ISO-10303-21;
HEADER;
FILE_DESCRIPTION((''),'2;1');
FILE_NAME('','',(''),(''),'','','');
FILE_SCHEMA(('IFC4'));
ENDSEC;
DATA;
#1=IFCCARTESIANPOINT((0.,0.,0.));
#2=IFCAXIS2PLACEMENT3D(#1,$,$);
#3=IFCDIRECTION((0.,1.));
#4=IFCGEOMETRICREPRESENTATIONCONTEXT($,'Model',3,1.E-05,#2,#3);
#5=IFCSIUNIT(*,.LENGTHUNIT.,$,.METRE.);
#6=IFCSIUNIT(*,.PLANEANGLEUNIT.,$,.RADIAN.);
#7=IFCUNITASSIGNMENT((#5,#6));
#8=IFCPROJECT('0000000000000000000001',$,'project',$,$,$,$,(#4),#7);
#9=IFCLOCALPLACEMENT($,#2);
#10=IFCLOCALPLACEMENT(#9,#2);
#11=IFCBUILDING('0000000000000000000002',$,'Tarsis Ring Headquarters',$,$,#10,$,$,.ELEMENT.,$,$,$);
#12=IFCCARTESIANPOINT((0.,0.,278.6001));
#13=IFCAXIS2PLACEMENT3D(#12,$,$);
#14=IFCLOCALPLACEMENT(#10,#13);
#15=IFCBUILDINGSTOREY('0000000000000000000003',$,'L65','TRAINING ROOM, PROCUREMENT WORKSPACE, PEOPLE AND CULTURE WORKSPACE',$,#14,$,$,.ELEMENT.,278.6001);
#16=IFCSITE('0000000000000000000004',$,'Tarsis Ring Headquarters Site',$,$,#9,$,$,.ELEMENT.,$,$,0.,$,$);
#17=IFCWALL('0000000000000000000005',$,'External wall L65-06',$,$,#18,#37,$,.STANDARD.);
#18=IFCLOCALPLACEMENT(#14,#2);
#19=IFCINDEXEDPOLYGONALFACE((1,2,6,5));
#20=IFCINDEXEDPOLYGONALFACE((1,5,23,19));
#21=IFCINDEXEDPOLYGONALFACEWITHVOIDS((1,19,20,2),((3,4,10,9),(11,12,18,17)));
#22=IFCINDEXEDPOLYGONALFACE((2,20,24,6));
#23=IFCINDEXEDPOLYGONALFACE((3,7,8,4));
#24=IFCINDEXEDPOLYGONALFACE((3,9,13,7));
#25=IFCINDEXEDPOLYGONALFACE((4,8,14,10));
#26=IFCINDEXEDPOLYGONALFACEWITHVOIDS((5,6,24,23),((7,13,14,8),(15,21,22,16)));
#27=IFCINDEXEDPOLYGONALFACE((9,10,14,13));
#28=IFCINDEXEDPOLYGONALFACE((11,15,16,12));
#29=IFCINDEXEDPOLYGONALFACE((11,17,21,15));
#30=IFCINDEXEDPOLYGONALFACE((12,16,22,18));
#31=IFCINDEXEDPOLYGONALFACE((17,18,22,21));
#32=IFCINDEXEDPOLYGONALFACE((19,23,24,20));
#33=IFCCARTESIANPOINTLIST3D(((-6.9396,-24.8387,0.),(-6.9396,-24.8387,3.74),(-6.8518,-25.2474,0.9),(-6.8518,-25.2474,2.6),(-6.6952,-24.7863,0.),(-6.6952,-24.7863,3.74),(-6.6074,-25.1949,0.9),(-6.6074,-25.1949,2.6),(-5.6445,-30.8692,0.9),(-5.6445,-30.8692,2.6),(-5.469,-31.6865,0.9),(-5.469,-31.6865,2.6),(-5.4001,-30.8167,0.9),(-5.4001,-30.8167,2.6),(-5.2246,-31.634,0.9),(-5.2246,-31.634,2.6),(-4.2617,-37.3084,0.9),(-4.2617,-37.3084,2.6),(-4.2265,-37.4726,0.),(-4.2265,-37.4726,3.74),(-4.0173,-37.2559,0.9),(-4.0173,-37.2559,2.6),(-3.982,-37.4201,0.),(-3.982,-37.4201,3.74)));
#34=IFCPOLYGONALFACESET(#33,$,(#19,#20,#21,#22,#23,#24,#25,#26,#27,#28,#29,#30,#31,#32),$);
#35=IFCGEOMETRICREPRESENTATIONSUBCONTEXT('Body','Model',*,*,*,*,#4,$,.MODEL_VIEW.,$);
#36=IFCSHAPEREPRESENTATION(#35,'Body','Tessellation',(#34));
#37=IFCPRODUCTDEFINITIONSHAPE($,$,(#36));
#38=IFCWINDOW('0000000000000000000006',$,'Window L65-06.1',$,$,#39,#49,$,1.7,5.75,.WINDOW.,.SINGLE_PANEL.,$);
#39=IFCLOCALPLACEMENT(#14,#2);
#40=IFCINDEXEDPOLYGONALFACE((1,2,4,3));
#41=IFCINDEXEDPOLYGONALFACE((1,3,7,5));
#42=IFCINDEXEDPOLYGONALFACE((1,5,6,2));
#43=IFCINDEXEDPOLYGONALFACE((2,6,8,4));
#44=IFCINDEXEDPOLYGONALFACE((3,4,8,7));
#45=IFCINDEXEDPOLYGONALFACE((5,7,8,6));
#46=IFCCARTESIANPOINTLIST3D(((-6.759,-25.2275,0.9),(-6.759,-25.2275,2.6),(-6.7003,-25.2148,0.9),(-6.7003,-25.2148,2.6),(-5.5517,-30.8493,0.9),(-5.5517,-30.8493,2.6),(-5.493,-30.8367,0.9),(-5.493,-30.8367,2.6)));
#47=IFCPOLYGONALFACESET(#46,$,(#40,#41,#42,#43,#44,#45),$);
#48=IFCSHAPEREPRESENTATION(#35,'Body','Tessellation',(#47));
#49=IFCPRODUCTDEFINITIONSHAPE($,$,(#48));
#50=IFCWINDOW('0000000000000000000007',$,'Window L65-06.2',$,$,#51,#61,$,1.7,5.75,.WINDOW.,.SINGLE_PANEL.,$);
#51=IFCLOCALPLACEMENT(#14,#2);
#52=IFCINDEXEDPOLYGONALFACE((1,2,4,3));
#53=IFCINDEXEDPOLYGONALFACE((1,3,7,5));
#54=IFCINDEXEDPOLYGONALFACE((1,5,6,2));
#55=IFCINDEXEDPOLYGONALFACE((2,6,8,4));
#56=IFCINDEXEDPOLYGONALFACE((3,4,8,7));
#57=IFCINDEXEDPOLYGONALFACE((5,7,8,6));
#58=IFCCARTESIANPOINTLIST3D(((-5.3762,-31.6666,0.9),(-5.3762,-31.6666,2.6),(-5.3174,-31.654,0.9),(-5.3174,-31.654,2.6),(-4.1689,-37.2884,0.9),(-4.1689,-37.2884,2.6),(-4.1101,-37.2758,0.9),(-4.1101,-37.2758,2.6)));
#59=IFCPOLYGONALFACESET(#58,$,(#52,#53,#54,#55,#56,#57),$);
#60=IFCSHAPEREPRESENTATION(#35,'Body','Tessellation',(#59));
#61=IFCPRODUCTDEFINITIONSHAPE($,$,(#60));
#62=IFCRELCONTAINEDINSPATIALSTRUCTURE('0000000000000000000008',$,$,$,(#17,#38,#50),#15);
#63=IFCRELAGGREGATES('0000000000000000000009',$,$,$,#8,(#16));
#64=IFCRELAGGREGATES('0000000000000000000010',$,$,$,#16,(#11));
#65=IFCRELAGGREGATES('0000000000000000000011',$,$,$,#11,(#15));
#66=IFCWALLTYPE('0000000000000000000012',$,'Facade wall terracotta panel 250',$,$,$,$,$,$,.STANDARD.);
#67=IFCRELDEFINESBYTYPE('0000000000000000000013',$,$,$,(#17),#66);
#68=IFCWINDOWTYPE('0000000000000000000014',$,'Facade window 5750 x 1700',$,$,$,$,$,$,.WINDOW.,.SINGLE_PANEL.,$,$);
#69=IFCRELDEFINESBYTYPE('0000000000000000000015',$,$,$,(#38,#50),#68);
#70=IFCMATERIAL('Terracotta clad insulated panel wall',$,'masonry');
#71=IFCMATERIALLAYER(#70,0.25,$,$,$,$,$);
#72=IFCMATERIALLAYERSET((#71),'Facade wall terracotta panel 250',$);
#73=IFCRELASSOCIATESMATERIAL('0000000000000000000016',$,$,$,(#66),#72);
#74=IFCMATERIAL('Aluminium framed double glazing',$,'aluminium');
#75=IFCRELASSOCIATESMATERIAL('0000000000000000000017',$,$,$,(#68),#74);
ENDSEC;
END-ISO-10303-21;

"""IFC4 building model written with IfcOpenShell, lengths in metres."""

from ifc_helpers import new_model, si_unit, direction, frame, frame_2d, origin, place, context, subcontext, project, spatial, rectangle, extrude, material, layer, layer_set, type_object, element, fill, save


model = new_model("IFC4")

# Units and contexts
model_context = context("Model", 3, precision=1e-05, world=origin(), true_north=direction((0.0, 1.0)))
body_context = subcontext(model_context, "Body", "Model", "MODEL_VIEW")
ifc_project = project(units=[si_unit("LENGTHUNIT", "METRE"), si_unit("PLANEANGLEUNIT", "RADIAN")], contexts=[model_context])

# Site, building, storey
site_placement = place(None, origin())
site = spatial("IfcSite", under=ifc_project, at=site_placement, Name="Tarsis Ring Headquarters Site", CompositionType="ELEMENT", RefElevation=0.0)
building_placement = place(site_placement, origin())
building = spatial("IfcBuilding", under=site, at=building_placement, Name="Tarsis Ring Headquarters", CompositionType="ELEMENT")
storey_placement = place(building_placement, frame((0.0, 0.0, 278.6001)))
storey = spatial("IfcBuildingStorey", under=building, at=storey_placement, Name="L65", Description="TRAINING ROOM, PROCUREMENT WORKSPACE, PEOPLE AND CULTURE WORKSPACE", CompositionType="ELEMENT", Elevation=278.6001)

# Shared definitions
ifc_material_1 = material(Name="Terracotta clad insulated panel wall", Category="masonry")
ifc_layer_1 = layer(ifc_material_1, 0.25)
ifc_layer_set_1 = layer_set([ifc_layer_1], Name="Facade wall terracotta panel 250")
wall_type_1 = type_object("IfcWallType", Name="Facade wall terracotta panel 250", PredefinedType="STANDARD", material=ifc_layer_set_1)
ifc_material_2 = material(Name="Aluminium framed double glazing", Category="aluminium")

# Wall, openings, windows
wall_1_placement = place(storey_placement, frame((-6.8174, -24.8125, 0.0), z_axis=(0.0, 0.0, 1.0), x_axis=(0.209965, -0.977709, 0.0)))
wall_1 = element("IfcWall", 1, at=wall_1_placement, inside=storey, type_object=wall_type_1, Name="External wall L65-06", PredefinedType="STANDARD", context=body_context, shape_type="SweptSolid", body=[
    extrude(rectangle(XDim=12.9219, YDim=0.25, at=frame_2d((6.4609, 0.0))), origin(), (0.0, 0.0, 1.0), 3.74),
])
opening_1_placement = place(wall_1_placement, frame((0.418, 0.0, 0.8999)))
opening_1 = element("IfcOpeningElement", 2, at=opening_1_placement, cuts=wall_1, PredefinedType="OPENING", context=body_context, shape_type="SweptSolid", body=[
    extrude(rectangle(XDim=5.75, YDim=1.7, at=frame_2d((2.875, 0.8501))), frame((0.0, 0.135, 0.0), z_axis=(0.0, -1.0, 0.0), x_axis=(1.0, 0.0, 0.0)), (0.0, 0.0, 1.0), 0.27),
])
opening_2_placement = place(wall_1_placement, frame((7.0039, 0.0, 0.8999)))
opening_2 = element("IfcOpeningElement", 3, at=opening_2_placement, cuts=wall_1, PredefinedType="OPENING", context=body_context, shape_type="SweptSolid", body=[
    extrude(rectangle(XDim=5.75, YDim=1.7, at=frame_2d((2.875, 0.8501))), frame((0.0, 0.135, 0.0), z_axis=(0.0, -1.0, 0.0), x_axis=(1.0, 0.0, 0.0)), (0.0, 0.0, 1.0), 0.27),
])
window_type_1 = type_object("IfcWindowType", Name="Facade window 5750 x 1700", PartitioningType="SINGLE_PANEL", PredefinedType="WINDOW", material=ifc_material_2)
window_1_placement = place(opening_1_placement, origin())
window_1 = element("IfcWindow", 4, at=window_1_placement, inside=storey, type_object=window_type_1, Name="Window L65-06.1", OverallHeight=1.7, OverallWidth=5.75, PartitioningType="SINGLE_PANEL", PredefinedType="WINDOW", context=body_context, shape_type="SweptSolid", body=[
    extrude(rectangle(XDim=5.75, YDim=1.7, at=frame_2d((2.875, 0.8501))), frame((0.0, 0.03, 0.0), z_axis=(0.0, -1.0, 0.0), x_axis=(1.0, 0.0, 0.0)), (0.0, 0.0, 1.0), 0.0601),
])
fill(opening_1, window_1)
window_2_placement = place(opening_2_placement, origin())
window_2 = element("IfcWindow", 5, at=window_2_placement, inside=storey, type_object=window_type_1, Name="Window L65-06.2", OverallHeight=1.7, OverallWidth=5.75, PartitioningType="SINGLE_PANEL", PredefinedType="WINDOW", context=body_context, shape_type="SweptSolid", body=[
    extrude(rectangle(XDim=5.75, YDim=1.7, at=frame_2d((2.875, 0.8501))), frame((0.0, 0.03, 0.0), z_axis=(0.0, -1.0, 0.0), x_axis=(1.0, 0.0, 0.0)), (0.0, 0.0, 1.0), 0.0601),
])
fill(opening_2, window_2)

save(model, "model.ifc")
